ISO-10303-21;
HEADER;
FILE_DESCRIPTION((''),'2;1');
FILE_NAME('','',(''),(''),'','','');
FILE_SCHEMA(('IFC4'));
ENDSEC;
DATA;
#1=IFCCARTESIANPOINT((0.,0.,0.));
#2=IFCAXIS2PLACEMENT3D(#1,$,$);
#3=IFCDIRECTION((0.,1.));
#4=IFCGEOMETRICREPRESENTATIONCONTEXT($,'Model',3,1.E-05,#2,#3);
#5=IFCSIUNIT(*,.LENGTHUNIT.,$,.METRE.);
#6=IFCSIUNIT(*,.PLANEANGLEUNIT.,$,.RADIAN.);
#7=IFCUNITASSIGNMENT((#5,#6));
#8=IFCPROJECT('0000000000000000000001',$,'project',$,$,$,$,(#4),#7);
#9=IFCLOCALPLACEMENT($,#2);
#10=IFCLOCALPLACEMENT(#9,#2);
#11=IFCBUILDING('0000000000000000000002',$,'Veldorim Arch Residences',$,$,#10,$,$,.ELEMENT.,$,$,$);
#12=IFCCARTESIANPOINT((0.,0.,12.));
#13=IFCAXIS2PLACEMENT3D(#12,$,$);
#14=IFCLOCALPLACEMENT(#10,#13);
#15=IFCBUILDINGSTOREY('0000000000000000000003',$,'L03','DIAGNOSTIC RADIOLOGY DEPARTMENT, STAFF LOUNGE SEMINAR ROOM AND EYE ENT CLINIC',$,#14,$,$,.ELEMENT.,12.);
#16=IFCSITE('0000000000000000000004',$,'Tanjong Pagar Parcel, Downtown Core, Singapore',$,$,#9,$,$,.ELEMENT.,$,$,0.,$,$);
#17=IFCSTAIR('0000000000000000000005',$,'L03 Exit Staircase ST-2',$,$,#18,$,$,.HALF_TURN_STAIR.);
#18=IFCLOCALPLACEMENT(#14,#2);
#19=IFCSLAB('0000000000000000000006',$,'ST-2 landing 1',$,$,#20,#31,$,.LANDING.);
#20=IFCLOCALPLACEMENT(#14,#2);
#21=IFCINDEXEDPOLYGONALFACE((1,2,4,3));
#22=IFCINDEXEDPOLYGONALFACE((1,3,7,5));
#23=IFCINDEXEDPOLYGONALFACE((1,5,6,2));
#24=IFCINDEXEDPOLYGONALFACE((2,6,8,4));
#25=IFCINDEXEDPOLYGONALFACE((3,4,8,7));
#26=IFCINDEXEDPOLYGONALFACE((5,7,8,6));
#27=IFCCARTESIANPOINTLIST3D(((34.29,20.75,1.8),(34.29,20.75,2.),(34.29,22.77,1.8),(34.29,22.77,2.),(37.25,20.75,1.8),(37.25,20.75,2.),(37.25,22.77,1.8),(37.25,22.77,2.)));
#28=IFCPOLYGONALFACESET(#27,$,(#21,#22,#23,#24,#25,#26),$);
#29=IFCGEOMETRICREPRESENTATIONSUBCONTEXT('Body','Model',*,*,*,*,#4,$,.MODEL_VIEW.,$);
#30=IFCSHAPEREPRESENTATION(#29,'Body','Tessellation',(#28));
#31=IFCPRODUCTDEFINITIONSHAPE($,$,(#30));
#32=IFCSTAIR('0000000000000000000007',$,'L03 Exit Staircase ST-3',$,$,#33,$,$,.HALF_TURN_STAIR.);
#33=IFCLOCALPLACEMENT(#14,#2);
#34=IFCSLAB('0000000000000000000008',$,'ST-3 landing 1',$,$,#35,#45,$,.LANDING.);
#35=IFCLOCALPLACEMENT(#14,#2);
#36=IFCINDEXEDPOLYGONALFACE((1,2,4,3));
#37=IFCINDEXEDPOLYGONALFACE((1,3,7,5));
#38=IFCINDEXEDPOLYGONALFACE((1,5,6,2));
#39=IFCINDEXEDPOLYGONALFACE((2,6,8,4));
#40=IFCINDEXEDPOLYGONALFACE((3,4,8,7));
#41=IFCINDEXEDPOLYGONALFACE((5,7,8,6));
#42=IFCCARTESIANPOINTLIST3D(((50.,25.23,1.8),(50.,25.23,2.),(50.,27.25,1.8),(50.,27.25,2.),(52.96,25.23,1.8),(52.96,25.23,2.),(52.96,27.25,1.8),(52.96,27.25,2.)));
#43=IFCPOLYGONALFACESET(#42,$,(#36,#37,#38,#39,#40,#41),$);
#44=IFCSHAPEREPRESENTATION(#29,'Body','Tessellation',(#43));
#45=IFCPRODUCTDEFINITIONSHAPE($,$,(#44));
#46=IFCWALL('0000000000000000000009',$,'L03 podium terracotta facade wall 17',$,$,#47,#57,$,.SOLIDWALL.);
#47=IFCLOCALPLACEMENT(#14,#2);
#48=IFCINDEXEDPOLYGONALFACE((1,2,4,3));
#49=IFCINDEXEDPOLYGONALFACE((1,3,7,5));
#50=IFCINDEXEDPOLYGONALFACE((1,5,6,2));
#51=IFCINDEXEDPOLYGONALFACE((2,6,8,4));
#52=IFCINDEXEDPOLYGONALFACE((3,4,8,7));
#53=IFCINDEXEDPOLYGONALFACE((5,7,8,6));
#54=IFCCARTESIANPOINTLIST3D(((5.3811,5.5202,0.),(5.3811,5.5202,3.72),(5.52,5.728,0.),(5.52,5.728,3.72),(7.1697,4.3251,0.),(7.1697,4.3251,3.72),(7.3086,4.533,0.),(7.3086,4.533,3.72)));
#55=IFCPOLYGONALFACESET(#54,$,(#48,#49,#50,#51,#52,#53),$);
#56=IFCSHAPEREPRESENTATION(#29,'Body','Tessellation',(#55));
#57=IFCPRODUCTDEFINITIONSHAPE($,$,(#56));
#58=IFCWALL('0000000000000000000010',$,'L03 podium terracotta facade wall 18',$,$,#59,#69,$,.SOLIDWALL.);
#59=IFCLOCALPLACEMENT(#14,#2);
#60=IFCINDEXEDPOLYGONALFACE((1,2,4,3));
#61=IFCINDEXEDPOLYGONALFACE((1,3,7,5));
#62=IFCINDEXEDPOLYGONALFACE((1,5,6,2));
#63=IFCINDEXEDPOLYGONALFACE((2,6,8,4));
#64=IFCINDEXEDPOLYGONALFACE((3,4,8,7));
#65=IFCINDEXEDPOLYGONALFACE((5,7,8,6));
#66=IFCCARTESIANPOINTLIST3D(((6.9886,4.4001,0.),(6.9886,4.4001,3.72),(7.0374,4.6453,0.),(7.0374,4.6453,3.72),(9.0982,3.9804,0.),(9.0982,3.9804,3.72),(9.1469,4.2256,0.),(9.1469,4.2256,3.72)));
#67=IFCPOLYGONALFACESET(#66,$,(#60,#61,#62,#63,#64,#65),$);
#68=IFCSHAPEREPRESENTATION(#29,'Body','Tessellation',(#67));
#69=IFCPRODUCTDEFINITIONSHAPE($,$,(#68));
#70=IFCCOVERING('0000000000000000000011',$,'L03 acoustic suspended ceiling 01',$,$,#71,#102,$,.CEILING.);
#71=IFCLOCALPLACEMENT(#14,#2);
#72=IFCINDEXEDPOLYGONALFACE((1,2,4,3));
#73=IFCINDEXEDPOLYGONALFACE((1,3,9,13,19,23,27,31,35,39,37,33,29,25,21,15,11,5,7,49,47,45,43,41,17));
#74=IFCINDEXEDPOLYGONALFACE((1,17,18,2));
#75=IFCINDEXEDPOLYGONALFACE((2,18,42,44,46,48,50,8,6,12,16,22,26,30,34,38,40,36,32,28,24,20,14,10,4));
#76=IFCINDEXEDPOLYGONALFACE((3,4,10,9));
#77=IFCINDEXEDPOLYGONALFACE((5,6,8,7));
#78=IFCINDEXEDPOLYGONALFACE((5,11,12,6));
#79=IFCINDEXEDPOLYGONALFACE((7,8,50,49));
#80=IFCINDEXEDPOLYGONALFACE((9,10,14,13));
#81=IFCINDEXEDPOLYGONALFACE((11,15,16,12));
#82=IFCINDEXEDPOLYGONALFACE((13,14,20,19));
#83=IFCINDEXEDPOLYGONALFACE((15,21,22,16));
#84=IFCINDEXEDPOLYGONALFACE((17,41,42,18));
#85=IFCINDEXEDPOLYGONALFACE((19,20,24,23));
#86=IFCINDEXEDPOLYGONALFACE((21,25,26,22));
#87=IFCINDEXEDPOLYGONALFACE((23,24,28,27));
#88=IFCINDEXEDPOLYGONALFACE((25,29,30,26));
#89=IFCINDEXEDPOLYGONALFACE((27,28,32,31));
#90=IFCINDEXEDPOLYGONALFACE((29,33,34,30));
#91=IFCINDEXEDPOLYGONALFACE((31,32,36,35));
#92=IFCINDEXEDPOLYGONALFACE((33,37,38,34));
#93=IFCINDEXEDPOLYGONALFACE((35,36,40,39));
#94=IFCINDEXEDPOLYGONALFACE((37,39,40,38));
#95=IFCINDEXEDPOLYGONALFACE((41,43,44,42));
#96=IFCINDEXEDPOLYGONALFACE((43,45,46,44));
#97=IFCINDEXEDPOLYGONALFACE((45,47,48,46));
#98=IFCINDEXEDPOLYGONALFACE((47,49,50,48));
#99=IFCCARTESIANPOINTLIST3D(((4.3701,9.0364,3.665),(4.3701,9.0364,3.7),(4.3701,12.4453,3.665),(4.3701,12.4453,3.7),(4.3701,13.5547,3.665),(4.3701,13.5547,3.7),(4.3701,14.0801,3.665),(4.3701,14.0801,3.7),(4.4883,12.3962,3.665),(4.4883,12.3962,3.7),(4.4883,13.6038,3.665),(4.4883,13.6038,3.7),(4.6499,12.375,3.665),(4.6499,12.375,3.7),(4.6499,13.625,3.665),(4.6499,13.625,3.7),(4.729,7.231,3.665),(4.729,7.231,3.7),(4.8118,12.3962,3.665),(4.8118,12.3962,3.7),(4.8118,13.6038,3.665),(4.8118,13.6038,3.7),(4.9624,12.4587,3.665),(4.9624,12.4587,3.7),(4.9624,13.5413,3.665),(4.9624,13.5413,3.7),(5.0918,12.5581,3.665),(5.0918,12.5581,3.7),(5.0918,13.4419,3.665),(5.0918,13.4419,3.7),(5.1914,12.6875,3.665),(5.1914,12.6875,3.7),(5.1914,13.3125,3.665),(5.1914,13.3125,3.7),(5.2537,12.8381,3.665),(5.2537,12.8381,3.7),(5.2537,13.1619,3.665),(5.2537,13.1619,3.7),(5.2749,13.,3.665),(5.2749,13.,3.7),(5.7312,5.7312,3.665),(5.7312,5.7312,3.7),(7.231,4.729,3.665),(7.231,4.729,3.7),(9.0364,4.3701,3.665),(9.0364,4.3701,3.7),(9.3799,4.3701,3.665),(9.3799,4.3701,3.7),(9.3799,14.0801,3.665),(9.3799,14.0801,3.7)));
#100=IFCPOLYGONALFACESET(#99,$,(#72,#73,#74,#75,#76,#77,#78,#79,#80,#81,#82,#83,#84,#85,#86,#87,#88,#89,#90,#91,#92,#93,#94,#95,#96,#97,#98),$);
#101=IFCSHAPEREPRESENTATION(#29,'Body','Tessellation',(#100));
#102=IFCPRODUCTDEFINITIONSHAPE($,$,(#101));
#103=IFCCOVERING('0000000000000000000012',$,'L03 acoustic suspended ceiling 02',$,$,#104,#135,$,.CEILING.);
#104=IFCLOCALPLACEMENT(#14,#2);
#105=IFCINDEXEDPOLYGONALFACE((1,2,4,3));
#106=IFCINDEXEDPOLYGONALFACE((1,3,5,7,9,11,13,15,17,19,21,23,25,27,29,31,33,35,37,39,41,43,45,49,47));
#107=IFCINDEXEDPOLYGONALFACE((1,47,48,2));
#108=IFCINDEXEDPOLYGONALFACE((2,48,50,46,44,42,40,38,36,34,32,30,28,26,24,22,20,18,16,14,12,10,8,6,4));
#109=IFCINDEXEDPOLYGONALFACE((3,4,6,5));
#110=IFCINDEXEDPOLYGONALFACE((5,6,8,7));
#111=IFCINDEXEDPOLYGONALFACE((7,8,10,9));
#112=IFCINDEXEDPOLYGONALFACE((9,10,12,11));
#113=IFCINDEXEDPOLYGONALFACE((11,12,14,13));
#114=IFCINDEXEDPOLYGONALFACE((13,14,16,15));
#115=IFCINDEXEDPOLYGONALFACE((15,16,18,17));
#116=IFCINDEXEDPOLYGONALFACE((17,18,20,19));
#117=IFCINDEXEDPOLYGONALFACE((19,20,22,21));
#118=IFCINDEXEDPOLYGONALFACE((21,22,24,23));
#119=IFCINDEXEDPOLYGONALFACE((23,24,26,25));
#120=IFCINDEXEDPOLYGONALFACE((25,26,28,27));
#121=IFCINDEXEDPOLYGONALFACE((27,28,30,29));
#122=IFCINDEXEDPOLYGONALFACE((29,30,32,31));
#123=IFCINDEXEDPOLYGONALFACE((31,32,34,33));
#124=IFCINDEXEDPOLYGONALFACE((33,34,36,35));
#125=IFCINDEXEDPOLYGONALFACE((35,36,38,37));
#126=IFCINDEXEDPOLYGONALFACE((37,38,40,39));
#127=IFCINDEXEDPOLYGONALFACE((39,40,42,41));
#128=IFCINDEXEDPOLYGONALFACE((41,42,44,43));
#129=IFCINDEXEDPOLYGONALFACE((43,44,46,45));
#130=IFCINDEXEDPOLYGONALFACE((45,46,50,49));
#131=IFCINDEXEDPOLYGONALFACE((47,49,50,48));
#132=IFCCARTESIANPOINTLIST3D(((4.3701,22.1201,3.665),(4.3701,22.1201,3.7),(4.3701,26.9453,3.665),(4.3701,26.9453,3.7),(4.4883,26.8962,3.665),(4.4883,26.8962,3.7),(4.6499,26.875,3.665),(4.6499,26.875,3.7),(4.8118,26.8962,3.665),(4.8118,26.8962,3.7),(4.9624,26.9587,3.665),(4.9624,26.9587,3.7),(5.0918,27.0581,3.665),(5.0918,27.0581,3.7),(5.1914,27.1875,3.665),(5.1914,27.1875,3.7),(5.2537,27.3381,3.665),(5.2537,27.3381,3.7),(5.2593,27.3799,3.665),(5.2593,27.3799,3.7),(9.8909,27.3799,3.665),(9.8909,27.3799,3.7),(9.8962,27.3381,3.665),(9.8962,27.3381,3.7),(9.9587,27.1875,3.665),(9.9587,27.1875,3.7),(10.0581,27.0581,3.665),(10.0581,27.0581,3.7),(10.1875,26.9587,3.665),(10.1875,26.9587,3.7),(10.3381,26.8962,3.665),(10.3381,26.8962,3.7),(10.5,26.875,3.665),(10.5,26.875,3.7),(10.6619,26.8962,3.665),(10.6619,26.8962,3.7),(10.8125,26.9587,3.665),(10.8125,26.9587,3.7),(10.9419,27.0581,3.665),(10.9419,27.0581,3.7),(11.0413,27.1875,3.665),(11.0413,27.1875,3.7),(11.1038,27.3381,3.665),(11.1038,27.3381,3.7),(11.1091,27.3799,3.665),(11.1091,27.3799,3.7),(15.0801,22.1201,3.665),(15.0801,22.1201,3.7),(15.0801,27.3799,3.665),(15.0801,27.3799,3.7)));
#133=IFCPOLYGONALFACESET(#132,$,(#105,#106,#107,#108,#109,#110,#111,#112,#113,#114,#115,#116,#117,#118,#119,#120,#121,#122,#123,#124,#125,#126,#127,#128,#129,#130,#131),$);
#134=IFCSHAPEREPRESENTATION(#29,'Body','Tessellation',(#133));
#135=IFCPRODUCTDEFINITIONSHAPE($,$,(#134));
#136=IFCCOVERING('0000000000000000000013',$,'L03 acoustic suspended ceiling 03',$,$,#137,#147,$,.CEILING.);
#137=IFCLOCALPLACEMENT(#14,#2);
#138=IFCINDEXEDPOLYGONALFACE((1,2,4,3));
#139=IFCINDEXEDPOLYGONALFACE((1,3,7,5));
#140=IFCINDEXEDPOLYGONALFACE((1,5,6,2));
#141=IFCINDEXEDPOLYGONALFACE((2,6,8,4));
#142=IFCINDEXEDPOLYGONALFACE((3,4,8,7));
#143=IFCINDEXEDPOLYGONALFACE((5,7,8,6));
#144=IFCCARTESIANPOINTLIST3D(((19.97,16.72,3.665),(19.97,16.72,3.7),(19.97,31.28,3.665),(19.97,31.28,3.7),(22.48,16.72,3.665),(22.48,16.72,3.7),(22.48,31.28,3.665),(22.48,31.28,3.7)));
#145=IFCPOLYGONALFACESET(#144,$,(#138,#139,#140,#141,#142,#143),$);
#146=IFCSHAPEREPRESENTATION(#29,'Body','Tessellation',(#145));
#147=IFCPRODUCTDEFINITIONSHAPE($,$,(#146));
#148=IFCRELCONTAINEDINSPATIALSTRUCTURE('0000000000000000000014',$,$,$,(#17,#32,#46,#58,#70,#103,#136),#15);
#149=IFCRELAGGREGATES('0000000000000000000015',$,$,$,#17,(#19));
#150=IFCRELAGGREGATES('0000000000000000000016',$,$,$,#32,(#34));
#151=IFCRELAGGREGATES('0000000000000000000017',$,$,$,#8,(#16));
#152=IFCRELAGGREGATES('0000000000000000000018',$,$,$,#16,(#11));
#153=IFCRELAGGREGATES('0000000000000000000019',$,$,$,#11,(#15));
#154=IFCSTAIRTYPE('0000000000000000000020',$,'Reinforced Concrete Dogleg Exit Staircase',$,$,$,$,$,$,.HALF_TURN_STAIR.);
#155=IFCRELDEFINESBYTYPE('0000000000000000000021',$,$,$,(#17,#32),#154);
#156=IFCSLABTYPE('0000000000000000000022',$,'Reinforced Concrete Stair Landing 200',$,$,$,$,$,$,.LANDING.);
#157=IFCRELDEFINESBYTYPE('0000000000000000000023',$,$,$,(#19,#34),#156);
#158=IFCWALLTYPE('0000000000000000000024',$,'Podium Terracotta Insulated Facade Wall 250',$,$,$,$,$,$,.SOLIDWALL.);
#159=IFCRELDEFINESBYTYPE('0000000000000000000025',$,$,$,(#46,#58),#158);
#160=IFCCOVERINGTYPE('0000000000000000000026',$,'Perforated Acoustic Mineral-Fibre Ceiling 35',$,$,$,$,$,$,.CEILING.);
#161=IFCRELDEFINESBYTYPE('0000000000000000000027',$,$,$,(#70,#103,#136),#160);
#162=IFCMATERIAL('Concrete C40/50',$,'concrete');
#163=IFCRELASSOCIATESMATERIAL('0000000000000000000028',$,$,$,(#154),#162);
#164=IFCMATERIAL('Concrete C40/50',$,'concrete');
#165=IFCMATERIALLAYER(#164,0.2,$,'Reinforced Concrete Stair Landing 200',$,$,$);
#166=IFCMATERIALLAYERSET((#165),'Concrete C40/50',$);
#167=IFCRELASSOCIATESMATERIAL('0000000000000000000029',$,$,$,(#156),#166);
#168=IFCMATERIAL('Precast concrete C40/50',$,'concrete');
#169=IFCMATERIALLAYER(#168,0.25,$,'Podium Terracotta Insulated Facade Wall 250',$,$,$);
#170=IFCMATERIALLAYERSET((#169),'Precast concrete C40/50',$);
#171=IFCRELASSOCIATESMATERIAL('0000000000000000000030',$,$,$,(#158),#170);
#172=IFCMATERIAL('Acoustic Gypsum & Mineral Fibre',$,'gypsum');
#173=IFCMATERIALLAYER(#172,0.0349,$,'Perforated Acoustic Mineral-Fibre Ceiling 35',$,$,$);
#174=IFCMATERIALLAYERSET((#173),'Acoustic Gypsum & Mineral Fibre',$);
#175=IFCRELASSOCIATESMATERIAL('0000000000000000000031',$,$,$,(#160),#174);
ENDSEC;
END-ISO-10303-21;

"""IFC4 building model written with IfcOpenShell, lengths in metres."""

from ifc_helpers import new_model, si_unit, direction, frame, frame_2d, origin, place, context, subcontext, project, spatial, polyline, rectangle, outline, extrude, material, layer, layer_set, type_object, element, aggregate, save


model = new_model("IFC4")

# Units and contexts
model_context = context("Model", 3, precision=1e-05, world=origin(), true_north=direction((0.0, 1.0)))
body_context = subcontext(model_context, "Body", "Model", "MODEL_VIEW")
ifc_project = project(units=[si_unit("LENGTHUNIT", "METRE"), si_unit("PLANEANGLEUNIT", "RADIAN")], contexts=[model_context])

# Site, building, storey
site_placement = place(None, origin())
site = spatial("IfcSite", under=ifc_project, at=site_placement, Name="Tanjong Pagar Parcel, Downtown Core, Singapore", CompositionType="ELEMENT", RefElevation=0.0)
building_placement = place(site_placement, origin())
building = spatial("IfcBuilding", under=site, at=building_placement, Name="Veldorim Arch Residences", CompositionType="ELEMENT")
storey_placement = place(building_placement, frame((0.0, 0.0, 12.0)))
storey = spatial("IfcBuildingStorey", under=building, at=storey_placement, Name="L03", Description="DIAGNOSTIC RADIOLOGY DEPARTMENT, STAFF LOUNGE SEMINAR ROOM AND EYE ENT CLINIC", CompositionType="ELEMENT", Elevation=12.0)

# Stairs, slabs
ifc_material_1 = material(Name="Concrete C40/50", Category="concrete")
stair_type = type_object("IfcStairType", Name="Reinforced Concrete Dogleg Exit Staircase", PredefinedType="HALF_TURN_STAIR", material=ifc_material_1)
ifc_material_2 = material(Name="Concrete C40/50", Category="concrete")
ifc_layer_1 = layer(ifc_material_2, 0.2, Name="Reinforced Concrete Stair Landing 200")
ifc_layer_set_1 = layer_set([ifc_layer_1], Name="Concrete C40/50")
slab_type_1 = type_object("IfcSlabType", Name="Reinforced Concrete Stair Landing 200", PredefinedType="LANDING", material=ifc_layer_set_1)
stair_1_placement = place(storey_placement, origin())
stair_1 = element("IfcStair", 1, at=stair_1_placement, inside=storey, type_object=stair_type, Name="L03 Exit Staircase ST-2", PredefinedType="HALF_TURN_STAIR")
slab_1_placement = place(storey_placement, frame((0.0, 0.0, 1.8)))
slab_1 = element("IfcSlab", 2, at=slab_1_placement, type_object=slab_type_1, Name="ST-2 landing 1", PredefinedType="LANDING", context=body_context, shape_type="SweptSolid", body=[
    extrude(outline(polyline([(34.29, 22.77), (34.29, 20.75), (37.25, 20.75), (37.25, 22.77), (34.29, 22.77)])), origin(), (0.0, 0.0, 1.0), 0.2),
])
aggregate(stair_1, [slab_1])
stair_2_placement = place(storey_placement, origin())
stair_2 = element("IfcStair", 3, at=stair_2_placement, inside=storey, type_object=stair_type, Name="L03 Exit Staircase ST-3", PredefinedType="HALF_TURN_STAIR")
slab_2_placement = place(storey_placement, frame((0.0, 0.0, 1.8)))
slab_2 = element("IfcSlab", 4, at=slab_2_placement, type_object=slab_type_1, Name="ST-3 landing 1", PredefinedType="LANDING", context=body_context, shape_type="SweptSolid", body=[
    extrude(outline(polyline([(52.96, 25.23), (52.96, 27.25), (50.0, 27.25), (50.0, 25.23), (52.96, 25.23)])), origin(), (0.0, 0.0, 1.0), 0.2),
])
aggregate(stair_2, [slab_2])

# Walls
ifc_material_3 = material(Name="Precast concrete C40/50", Category="concrete")
ifc_layer_2 = layer(ifc_material_3, 0.25, Name="Podium Terracotta Insulated Facade Wall 250")
ifc_layer_set_2 = layer_set([ifc_layer_2], Name="Precast concrete C40/50")
wall_type = type_object("IfcWallType", Name="Podium Terracotta Insulated Facade Wall 250", PredefinedType="SOLIDWALL", material=ifc_layer_set_2)
wall_1_placement = place(storey_placement, frame((7.2393, 4.429, 0.0), z_axis=(0.0, 0.0, 1.0), x_axis=(-0.831474, 0.555564, 0.0)))
element("IfcWall", 5, at=wall_1_placement, inside=storey, type_object=wall_type, Name="L03 podium terracotta facade wall 17", PredefinedType="SOLIDWALL", context=body_context, shape_type="SweptSolid", body=[
    extrude(rectangle(XDim=2.1511, YDim=0.25, at=frame_2d((1.0757, 0.0))), origin(), (0.0, 0.0, 1.0), 3.72),
])
wall_2_placement = place(storey_placement, frame((9.1226, 4.103, 0.0), z_axis=(0.0, 0.0, 1.0), x_axis=(-0.980781, 0.195112, 0.0)))
element("IfcWall", 6, at=wall_2_placement, inside=storey, type_object=wall_type, Name="L03 podium terracotta facade wall 18", PredefinedType="SOLIDWALL", context=body_context, shape_type="SweptSolid", body=[
    extrude(rectangle(XDim=2.1509, YDim=0.25, at=frame_2d((1.0754, 0.0))), origin(), (0.0, 0.0, 1.0), 3.72),
])

# Coverings
ifc_material_4 = material(Name="Acoustic Gypsum & Mineral Fibre", Category="gypsum")
ifc_layer_3 = layer(ifc_material_4, 0.0349, Name="Perforated Acoustic Mineral-Fibre Ceiling 35")
ifc_layer_set_3 = layer_set([ifc_layer_3], Name="Acoustic Gypsum & Mineral Fibre")
covering_type_1 = type_object("IfcCoveringType", Name="Perforated Acoustic Mineral-Fibre Ceiling 35", PredefinedType="CEILING", material=ifc_layer_set_3)
covering_1_placement = place(storey_placement, frame((0.0, 0.0, 3.665)))
element("IfcCovering", 7, at=covering_1_placement, inside=storey, type_object=covering_type_1, Name="L03 acoustic suspended ceiling 01", PredefinedType="CEILING", context=body_context, shape_type="SweptSolid", body=[
    extrude(outline(polyline([(4.3701, 9.0364), (4.3701, 12.4453), (4.4883, 12.3962), (4.6499, 12.375), (4.8118, 12.3962), (4.9624, 12.4587), (5.0918, 12.5581), (5.1914, 12.6875), (5.2537, 12.8381), (5.2749, 13.0), (5.2537, 13.1619), (5.1914, 13.3125), (5.0918, 13.4419), (4.9624, 13.5413), (4.8118, 13.6038), (4.6499, 13.625), (4.4883, 13.6038), (4.3701, 13.5547), (4.3701, 14.0801), (9.3799, 14.0801), (9.3799, 4.3701), (9.0364, 4.3701), (7.231, 4.729), (5.7312, 5.7312), (4.729, 7.231), (4.3701, 9.0364)])), origin(), (0.0, 0.0, 1.0), 0.0349),
])
covering_2_placement = place(storey_placement, frame((0.0, 0.0, 3.665)))
element("IfcCovering", 8, at=covering_2_placement, inside=storey, type_object=covering_type_1, Name="L03 acoustic suspended ceiling 02", PredefinedType="CEILING", context=body_context, shape_type="SweptSolid", body=[
    extrude(outline(polyline([(4.3701, 26.9453), (4.4883, 26.8962), (4.6499, 26.875), (4.8118, 26.8962), (4.9624, 26.9587), (5.0918, 27.0581), (5.1914, 27.1875), (5.2537, 27.3381), (5.2593, 27.3799), (9.8909, 27.3799), (9.8962, 27.3381), (9.9587, 27.1875), (10.0581, 27.0581), (10.1875, 26.9587), (10.3381, 26.8962), (10.5, 26.875), (10.6619, 26.8962), (10.8125, 26.9587), (10.9419, 27.0581), (11.0413, 27.1875), (11.1038, 27.3381), (11.1091, 27.3799), (15.0801, 27.3799), (15.0801, 22.1201), (4.3701, 22.1201), (4.3701, 26.9453)])), origin(), (0.0, 0.0, 1.0), 0.0349),
])
covering_3_placement = place(storey_placement, frame((0.0, 0.0, 3.665)))
element("IfcCovering", 9, at=covering_3_placement, inside=storey, type_object=covering_type_1, Name="L03 acoustic suspended ceiling 03", PredefinedType="CEILING", context=body_context, shape_type="SweptSolid", body=[
    extrude(outline(polyline([(22.48, 31.28), (22.48, 16.72), (19.97, 16.72), (19.97, 31.28), (22.48, 31.28)])), origin(), (0.0, 0.0, 1.0), 0.0349),
])

save(model, "model.ifc")
